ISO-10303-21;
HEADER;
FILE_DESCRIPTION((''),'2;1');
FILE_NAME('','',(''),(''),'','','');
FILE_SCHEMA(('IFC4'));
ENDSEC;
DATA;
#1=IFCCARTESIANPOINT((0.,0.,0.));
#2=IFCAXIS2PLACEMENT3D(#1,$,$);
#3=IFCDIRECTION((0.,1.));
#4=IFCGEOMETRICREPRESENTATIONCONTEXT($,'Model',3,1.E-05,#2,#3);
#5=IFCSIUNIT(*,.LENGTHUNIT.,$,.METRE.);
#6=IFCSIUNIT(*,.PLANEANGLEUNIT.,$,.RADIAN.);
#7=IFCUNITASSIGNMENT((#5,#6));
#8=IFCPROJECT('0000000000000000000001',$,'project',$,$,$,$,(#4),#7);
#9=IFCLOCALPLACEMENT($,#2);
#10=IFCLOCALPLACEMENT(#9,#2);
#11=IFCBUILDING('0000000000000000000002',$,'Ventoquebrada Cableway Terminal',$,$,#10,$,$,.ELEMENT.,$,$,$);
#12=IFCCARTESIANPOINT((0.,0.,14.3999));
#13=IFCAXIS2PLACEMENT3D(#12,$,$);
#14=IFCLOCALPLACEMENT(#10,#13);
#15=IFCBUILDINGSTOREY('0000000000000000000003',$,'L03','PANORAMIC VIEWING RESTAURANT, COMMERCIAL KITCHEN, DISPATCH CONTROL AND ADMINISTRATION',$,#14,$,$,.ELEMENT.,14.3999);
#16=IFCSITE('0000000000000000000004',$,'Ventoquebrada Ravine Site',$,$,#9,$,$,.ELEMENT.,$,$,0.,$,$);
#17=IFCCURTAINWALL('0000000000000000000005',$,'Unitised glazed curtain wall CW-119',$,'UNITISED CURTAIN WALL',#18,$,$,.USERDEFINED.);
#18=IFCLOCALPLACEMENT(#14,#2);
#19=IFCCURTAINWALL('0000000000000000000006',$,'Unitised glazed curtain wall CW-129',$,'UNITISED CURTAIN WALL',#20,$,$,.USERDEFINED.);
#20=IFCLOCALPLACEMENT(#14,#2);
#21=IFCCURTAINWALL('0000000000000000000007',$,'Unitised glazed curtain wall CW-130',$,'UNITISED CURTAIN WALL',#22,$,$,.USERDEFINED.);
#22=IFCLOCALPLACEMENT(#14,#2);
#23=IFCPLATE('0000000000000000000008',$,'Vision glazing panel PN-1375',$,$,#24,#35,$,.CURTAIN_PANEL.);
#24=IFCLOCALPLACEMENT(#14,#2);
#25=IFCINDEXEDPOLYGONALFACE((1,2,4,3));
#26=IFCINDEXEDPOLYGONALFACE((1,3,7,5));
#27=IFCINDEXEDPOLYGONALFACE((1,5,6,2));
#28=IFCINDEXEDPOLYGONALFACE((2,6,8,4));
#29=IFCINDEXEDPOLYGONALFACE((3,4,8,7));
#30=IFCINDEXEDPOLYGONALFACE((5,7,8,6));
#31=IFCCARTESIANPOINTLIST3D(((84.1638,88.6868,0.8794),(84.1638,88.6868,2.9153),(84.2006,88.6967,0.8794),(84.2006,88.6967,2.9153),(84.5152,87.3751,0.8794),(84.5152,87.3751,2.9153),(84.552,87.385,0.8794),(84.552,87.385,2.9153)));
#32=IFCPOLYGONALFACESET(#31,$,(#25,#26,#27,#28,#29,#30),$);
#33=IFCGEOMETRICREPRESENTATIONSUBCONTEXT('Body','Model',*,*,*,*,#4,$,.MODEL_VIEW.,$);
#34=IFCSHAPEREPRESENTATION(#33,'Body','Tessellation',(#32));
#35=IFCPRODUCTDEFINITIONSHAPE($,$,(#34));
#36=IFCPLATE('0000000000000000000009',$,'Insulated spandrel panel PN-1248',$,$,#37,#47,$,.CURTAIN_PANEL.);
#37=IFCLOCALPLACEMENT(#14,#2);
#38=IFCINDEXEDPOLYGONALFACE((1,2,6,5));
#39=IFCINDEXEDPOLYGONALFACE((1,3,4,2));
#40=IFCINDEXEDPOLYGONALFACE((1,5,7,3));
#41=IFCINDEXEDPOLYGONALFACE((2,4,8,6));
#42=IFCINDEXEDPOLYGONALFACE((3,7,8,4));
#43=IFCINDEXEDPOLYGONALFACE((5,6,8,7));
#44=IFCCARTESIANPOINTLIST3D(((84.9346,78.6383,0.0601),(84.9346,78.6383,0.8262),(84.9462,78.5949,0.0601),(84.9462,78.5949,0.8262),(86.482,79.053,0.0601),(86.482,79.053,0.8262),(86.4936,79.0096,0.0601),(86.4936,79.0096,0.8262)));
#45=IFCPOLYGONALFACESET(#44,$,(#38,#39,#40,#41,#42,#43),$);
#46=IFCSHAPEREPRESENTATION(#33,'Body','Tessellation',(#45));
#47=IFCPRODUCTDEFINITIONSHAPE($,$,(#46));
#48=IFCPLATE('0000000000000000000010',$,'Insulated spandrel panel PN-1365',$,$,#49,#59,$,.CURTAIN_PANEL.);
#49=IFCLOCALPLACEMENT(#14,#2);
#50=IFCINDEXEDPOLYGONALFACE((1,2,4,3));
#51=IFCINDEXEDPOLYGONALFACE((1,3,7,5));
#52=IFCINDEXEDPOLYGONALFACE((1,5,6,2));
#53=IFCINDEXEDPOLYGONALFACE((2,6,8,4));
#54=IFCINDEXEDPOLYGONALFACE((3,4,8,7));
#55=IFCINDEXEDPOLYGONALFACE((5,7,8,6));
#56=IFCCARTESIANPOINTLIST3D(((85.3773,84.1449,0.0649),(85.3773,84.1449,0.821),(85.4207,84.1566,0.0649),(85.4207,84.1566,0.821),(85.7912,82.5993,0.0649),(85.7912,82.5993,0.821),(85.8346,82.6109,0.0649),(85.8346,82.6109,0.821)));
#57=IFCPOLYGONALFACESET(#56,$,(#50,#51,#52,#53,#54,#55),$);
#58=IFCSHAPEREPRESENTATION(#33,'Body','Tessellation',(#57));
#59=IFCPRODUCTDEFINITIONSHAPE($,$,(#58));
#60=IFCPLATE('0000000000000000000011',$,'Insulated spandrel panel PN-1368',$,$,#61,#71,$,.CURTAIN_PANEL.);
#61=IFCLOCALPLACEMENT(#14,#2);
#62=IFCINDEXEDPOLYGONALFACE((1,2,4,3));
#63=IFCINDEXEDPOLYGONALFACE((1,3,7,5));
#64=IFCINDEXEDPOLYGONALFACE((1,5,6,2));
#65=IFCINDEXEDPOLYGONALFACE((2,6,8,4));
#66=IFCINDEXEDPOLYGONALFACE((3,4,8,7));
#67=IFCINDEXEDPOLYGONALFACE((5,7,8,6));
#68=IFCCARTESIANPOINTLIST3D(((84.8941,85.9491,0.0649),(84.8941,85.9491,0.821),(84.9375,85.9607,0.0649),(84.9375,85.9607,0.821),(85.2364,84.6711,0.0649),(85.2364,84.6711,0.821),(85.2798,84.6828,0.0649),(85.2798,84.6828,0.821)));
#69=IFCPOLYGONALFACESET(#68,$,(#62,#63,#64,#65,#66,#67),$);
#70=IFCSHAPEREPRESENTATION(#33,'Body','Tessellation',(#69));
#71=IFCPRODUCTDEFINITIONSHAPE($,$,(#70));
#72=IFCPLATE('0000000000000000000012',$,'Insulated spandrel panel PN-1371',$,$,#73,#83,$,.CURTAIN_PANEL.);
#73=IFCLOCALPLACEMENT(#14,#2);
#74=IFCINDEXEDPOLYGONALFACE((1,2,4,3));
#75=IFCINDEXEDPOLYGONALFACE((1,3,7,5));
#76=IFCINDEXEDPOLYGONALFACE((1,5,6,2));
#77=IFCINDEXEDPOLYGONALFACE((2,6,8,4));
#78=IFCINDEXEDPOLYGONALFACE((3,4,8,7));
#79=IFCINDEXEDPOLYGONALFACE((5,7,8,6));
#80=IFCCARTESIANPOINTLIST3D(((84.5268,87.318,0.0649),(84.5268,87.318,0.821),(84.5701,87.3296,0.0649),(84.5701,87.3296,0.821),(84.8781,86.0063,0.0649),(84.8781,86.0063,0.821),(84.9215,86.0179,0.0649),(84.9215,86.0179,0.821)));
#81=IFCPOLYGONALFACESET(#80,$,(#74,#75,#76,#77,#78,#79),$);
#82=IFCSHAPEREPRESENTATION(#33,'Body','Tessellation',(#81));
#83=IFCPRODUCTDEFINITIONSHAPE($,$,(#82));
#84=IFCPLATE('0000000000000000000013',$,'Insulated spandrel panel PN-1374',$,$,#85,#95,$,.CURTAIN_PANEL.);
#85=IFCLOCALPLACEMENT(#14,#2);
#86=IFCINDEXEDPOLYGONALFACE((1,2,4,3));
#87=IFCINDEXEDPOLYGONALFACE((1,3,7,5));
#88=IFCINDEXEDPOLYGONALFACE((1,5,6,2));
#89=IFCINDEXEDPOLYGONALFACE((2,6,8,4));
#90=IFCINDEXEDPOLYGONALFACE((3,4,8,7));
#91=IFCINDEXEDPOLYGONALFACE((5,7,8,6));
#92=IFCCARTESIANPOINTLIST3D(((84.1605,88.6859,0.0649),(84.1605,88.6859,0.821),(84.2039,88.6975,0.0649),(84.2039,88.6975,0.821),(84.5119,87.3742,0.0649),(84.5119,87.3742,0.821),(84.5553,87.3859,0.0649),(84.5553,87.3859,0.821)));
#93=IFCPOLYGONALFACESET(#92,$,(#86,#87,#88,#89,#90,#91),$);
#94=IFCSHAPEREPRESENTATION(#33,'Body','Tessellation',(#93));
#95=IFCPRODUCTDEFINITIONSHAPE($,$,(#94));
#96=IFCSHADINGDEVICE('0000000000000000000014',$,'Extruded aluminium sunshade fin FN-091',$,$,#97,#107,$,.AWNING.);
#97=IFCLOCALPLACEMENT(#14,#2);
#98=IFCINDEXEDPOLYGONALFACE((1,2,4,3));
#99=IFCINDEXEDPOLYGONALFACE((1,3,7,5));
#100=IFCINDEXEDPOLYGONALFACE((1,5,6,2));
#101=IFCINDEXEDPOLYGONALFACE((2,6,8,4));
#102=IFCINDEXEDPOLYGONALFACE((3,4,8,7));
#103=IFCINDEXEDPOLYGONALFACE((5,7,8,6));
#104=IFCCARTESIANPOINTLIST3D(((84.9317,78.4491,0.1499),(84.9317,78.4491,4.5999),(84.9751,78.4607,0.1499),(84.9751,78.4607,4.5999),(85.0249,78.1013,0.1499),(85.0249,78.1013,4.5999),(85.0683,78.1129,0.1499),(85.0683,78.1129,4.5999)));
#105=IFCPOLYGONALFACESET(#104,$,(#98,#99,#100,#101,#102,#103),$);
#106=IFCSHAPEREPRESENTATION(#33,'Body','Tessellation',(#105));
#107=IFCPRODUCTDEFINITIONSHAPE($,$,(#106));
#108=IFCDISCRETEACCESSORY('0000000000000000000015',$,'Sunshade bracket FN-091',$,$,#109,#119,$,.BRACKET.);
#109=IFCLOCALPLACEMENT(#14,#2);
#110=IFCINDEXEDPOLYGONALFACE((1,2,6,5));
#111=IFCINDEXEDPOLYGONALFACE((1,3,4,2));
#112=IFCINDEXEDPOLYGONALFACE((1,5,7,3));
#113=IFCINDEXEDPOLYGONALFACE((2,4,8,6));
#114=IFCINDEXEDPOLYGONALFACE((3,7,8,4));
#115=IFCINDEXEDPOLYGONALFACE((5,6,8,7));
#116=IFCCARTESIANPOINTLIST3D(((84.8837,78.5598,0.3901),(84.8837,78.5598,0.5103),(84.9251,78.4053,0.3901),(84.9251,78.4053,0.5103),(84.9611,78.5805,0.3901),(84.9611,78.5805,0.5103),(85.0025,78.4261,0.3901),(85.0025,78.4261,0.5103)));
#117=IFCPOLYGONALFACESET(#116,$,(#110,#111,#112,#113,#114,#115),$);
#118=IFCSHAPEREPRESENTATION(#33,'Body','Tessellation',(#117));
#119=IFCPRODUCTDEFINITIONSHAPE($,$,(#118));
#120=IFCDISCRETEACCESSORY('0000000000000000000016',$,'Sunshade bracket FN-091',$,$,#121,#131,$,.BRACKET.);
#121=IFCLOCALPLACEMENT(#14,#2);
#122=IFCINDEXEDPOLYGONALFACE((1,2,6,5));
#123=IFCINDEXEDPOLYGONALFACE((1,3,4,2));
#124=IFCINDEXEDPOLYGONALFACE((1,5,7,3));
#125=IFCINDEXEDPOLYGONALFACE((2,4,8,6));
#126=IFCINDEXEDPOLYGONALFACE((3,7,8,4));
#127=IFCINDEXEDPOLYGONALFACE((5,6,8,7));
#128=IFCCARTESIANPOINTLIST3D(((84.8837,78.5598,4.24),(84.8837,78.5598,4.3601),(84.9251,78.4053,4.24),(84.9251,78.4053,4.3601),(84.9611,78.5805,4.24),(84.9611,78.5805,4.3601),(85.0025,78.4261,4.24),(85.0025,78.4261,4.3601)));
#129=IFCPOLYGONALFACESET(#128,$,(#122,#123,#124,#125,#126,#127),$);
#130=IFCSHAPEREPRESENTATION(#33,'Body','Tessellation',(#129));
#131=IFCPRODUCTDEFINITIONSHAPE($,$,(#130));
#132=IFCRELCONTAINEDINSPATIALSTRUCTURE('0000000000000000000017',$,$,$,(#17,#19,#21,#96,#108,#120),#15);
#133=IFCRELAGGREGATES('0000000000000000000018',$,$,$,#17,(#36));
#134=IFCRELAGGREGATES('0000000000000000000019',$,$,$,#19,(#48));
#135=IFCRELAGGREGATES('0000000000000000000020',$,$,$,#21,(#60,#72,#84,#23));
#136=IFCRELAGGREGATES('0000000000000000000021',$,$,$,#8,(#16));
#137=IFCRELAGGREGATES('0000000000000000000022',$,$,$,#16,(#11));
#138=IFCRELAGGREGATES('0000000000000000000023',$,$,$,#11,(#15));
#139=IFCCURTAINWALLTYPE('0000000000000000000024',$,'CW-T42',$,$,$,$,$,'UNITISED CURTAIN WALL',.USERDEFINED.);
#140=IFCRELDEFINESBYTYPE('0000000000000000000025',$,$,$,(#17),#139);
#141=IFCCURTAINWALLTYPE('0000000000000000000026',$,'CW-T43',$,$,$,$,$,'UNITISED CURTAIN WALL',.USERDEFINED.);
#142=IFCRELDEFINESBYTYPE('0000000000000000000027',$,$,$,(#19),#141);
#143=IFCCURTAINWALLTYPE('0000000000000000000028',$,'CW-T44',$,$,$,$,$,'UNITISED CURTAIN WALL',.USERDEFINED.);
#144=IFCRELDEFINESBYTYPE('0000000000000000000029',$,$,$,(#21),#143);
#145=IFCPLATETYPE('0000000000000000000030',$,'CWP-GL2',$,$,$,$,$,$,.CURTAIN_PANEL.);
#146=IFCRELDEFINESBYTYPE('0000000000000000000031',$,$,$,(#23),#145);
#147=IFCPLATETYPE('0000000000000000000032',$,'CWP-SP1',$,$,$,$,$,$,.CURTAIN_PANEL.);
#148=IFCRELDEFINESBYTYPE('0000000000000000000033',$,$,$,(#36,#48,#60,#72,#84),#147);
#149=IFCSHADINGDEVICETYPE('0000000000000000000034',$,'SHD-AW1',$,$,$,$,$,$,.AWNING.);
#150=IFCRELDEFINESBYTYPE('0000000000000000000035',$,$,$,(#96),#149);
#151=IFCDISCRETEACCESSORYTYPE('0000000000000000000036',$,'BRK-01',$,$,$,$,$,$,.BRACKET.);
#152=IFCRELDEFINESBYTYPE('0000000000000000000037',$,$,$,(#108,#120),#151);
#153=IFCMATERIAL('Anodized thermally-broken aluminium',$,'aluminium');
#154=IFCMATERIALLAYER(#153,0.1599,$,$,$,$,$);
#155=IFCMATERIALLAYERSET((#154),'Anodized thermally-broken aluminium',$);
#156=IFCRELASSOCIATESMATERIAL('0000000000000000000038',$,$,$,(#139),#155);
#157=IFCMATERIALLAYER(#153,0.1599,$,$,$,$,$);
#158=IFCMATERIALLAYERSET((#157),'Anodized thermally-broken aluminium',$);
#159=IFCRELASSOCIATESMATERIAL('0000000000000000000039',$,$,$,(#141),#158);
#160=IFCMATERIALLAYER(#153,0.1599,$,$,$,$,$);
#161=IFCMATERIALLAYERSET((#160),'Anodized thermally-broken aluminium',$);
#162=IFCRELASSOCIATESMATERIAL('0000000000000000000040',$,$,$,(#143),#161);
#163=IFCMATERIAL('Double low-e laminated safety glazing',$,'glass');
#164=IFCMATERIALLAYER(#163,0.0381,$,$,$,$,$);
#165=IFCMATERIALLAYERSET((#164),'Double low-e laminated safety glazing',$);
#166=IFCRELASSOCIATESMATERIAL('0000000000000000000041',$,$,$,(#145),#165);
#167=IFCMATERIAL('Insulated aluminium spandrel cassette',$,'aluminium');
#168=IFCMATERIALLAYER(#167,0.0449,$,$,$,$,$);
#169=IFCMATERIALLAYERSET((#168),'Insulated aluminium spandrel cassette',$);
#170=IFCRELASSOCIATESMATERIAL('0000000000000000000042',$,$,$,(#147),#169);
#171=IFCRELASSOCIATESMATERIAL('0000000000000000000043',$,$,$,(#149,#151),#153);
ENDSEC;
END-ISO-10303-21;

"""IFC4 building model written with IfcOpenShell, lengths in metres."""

from ifc_helpers import new_model, si_unit, direction, frame, origin, origin_2d, place, context, subcontext, project, spatial, rectangle, extrude, material, layer, layer_set, type_object, element, aggregate, save


model = new_model("IFC4")

# Units and contexts
model_context = context("Model", 3, precision=1e-05, world=origin(), true_north=direction((0.0, 1.0)))
body_context = subcontext(model_context, "Body", "Model", "MODEL_VIEW")
ifc_project = project(units=[si_unit("LENGTHUNIT", "METRE"), si_unit("PLANEANGLEUNIT", "RADIAN")], contexts=[model_context])

# Site, building, storey
site_placement = place(None, origin())
site = spatial("IfcSite", under=ifc_project, at=site_placement, Name="Ventoquebrada Ravine Site", CompositionType="ELEMENT", RefElevation=0.0)
building_placement = place(site_placement, origin())
building = spatial("IfcBuilding", under=site, at=building_placement, Name="Ventoquebrada Cableway Terminal", CompositionType="ELEMENT")
storey_placement = place(building_placement, frame((0.0, 0.0, 14.3999)))
storey = spatial("IfcBuildingStorey", under=building, at=storey_placement, Name="L03", Description="PANORAMIC VIEWING RESTAURANT, COMMERCIAL KITCHEN, DISPATCH CONTROL AND ADMINISTRATION", CompositionType="ELEMENT", Elevation=14.3999)

# Curtain walls
ifc_material_1 = material(Name="Anodized thermally-broken aluminium", Category="aluminium")
ifc_layer_1 = layer(ifc_material_1, 0.1599)
ifc_layer_set_1 = layer_set([ifc_layer_1], Name="Anodized thermally-broken aluminium")
curtain_wall_type_1 = type_object("IfcCurtainWallType", Name="CW-T42", ElementType="UNITISED CURTAIN WALL", PredefinedType="USERDEFINED", material=ifc_layer_set_1)
curtain_wall_1_placement = place(storey_placement, origin())
curtain_wall_1 = element("IfcCurtainWall", 1, at=curtain_wall_1_placement, inside=storey, type_object=curtain_wall_type_1, Name="Unitised glazed curtain wall CW-119", ObjectType="UNITISED CURTAIN WALL", PredefinedType="USERDEFINED")
ifc_layer_2 = layer(ifc_material_1, 0.1599)
ifc_layer_set_2 = layer_set([ifc_layer_2], Name="Anodized thermally-broken aluminium")
curtain_wall_type_2 = type_object("IfcCurtainWallType", Name="CW-T43", ElementType="UNITISED CURTAIN WALL", PredefinedType="USERDEFINED", material=ifc_layer_set_2)
curtain_wall_2_placement = place(storey_placement, origin())
curtain_wall_2 = element("IfcCurtainWall", 2, at=curtain_wall_2_placement, inside=storey, type_object=curtain_wall_type_2, Name="Unitised glazed curtain wall CW-129", ObjectType="UNITISED CURTAIN WALL", PredefinedType="USERDEFINED")

# Curtain wall
ifc_layer_3 = layer(ifc_material_1, 0.1599)
ifc_layer_set_3 = layer_set([ifc_layer_3], Name="Anodized thermally-broken aluminium")
curtain_wall_type_3 = type_object("IfcCurtainWallType", Name="CW-T44", ElementType="UNITISED CURTAIN WALL", PredefinedType="USERDEFINED", material=ifc_layer_set_3)
curtain_wall_3_placement = place(storey_placement, origin())
curtain_wall_3 = element("IfcCurtainWall", 3, at=curtain_wall_3_placement, inside=storey, type_object=curtain_wall_type_3, Name="Unitised glazed curtain wall CW-130", ObjectType="UNITISED CURTAIN WALL", PredefinedType="USERDEFINED")

# Plates
ifc_material_2 = material(Name="Double low-e laminated safety glazing", Category="glass")
ifc_layer_4 = layer(ifc_material_2, 0.0381)
ifc_layer_set_4 = layer_set([ifc_layer_4], Name="Double low-e laminated safety glazing")
plate_type_1 = type_object("IfcPlateType", Name="CWP-GL2", PredefinedType="CURTAIN_PANEL", material=ifc_layer_set_4)
plate_1_placement = place(storey_placement, frame((84.3579, 88.0359, 0.8794), z_axis=(0.0, 0.0, 1.0), x_axis=(-0.258735, 0.965948, 0.0)))
plate_1 = element("IfcPlate", 4, at=plate_1_placement, type_object=plate_type_1, Name="Vision glazing panel PN-1375", PredefinedType="CURTAIN_PANEL", context=body_context, shape_type="SweptSolid", body=[
    extrude(rectangle(XDim=1.3579, YDim=0.0381, at=origin_2d()), origin(), (0.0, 0.0, 1.0), 2.0359),
])
ifc_material_3 = material(Name="Insulated aluminium spandrel cassette", Category="aluminium")
ifc_layer_5 = layer(ifc_material_3, 0.0449)
ifc_layer_set_5 = layer_set([ifc_layer_5], Name="Insulated aluminium spandrel cassette")
plate_type_2 = type_object("IfcPlateType", Name="CWP-SP1", PredefinedType="CURTAIN_PANEL", material=ifc_layer_set_5)
plate_2_placement = place(storey_placement, frame((85.7141, 78.824, 0.0601), z_axis=(0.0, 0.0, 1.0), x_axis=(0.965912, 0.25887, 0.0)))
plate_2 = element("IfcPlate", 5, at=plate_2_placement, type_object=plate_type_2, Name="Insulated spandrel panel PN-1248", PredefinedType="CURTAIN_PANEL", context=body_context, shape_type="SweptSolid", body=[
    extrude(rectangle(XDim=1.6021, YDim=0.0449, at=origin_2d()), origin(), (0.0, 0.0, 1.0), 0.7661),
])
aggregate(curtain_wall_1, [plate_2])
plate_3_placement = place(storey_placement, frame((85.606, 83.3779, 0.0649), z_axis=(0.0, 0.0, 1.0), x_axis=(-0.258701, 0.965957, 0.0)))
plate_3 = element("IfcPlate", 6, at=plate_3_placement, type_object=plate_type_2, Name="Insulated spandrel panel PN-1365", PredefinedType="CURTAIN_PANEL", context=body_context, shape_type="SweptSolid", body=[
    extrude(rectangle(XDim=1.6001, YDim=0.0449, at=origin_2d()), origin(), (0.0, 0.0, 1.0), 0.7561),
])
aggregate(curtain_wall_2, [plate_3])
plate_4_placement = place(storey_placement, frame((85.0869, 85.3159, 0.0649), z_axis=(0.0, 0.0, 1.0), x_axis=(-0.258735, 0.965948, 0.0)))
plate_4 = element("IfcPlate", 7, at=plate_4_placement, type_object=plate_type_2, Name="Insulated spandrel panel PN-1368", PredefinedType="CURTAIN_PANEL", context=body_context, shape_type="SweptSolid", body=[
    extrude(rectangle(XDim=1.323, YDim=0.0449, at=origin_2d()), origin(), (0.0, 0.0, 1.0), 0.7561),
])
plate_5_placement = place(storey_placement, frame((84.7241, 86.668, 0.0649), z_axis=(0.0, 0.0, 1.0), x_axis=(-0.258735, 0.965948, 0.0)))
plate_5 = element("IfcPlate", 8, at=plate_5_placement, type_object=plate_type_2, Name="Insulated spandrel panel PN-1371", PredefinedType="CURTAIN_PANEL", context=body_context, shape_type="SweptSolid", body=[
    extrude(rectangle(XDim=1.3579, YDim=0.0449, at=origin_2d()), origin(), (0.0, 0.0, 1.0), 0.7561),
])
plate_6_placement = place(storey_placement, frame((84.3579, 88.0359, 0.0649), z_axis=(0.0, 0.0, 1.0), x_axis=(-0.258735, 0.965948, 0.0)))
plate_6 = element("IfcPlate", 9, at=plate_6_placement, type_object=plate_type_2, Name="Insulated spandrel panel PN-1374", PredefinedType="CURTAIN_PANEL", context=body_context, shape_type="SweptSolid", body=[
    extrude(rectangle(XDim=1.3579, YDim=0.0449, at=origin_2d()), origin(), (0.0, 0.0, 1.0), 0.7561),
])
aggregate(curtain_wall_3, [plate_4, plate_5, plate_6, plate_1])

# Shading device
shading_device_type = type_object("IfcShadingDeviceType", Name="SHD-AW1", PredefinedType="AWNING", material=ifc_material_1)
shading_device_placement = place(storey_placement, frame((85.0, 78.281, 0.1499), z_axis=(0.0, 0.0, 1.0), x_axis=(0.965912, 0.25887, 0.0)))
element("IfcShadingDevice", 10, at=shading_device_placement, inside=storey, type_object=shading_device_type, Name="Extruded aluminium sunshade fin FN-091", PredefinedType="AWNING", context=body_context, shape_type="SweptSolid", body=[
    extrude(rectangle(XDim=0.0449, YDim=0.3601, at=origin_2d()), origin(), (0.0, 0.0, 1.0), 4.45),
])

# Discrete accessories
discrete_accessory_type = type_object("IfcDiscreteAccessoryType", Name="BRK-01", PredefinedType="BRACKET", material=ifc_material_1)
for number, where, z_axis, x_axis, name in (
    (11, (84.9431, 78.4929, 0.3901), (0.0, 0.0, 1.0), (0.965912, 0.25887, 0.0), "Sunshade bracket FN-091"),
    (12, (84.9431, 78.4929, 4.24), (0.0, 0.0, 1.0), (0.965912, 0.25887, 0.0), "Sunshade bracket FN-091"),
):
    element("IfcDiscreteAccessory", number, at=place(storey_placement, frame(where, z_axis=z_axis, x_axis=x_axis)), inside=storey, type_object=discrete_accessory_type, Name=name, PredefinedType="BRACKET", context=body_context, shape_type="SweptSolid", body=[
        extrude(rectangle(XDim=0.0801, YDim=0.1599, at=origin_2d()), origin(), (0.0, 0.0, 1.0), 0.1201),
    ])

save(model, "model.ifc")
